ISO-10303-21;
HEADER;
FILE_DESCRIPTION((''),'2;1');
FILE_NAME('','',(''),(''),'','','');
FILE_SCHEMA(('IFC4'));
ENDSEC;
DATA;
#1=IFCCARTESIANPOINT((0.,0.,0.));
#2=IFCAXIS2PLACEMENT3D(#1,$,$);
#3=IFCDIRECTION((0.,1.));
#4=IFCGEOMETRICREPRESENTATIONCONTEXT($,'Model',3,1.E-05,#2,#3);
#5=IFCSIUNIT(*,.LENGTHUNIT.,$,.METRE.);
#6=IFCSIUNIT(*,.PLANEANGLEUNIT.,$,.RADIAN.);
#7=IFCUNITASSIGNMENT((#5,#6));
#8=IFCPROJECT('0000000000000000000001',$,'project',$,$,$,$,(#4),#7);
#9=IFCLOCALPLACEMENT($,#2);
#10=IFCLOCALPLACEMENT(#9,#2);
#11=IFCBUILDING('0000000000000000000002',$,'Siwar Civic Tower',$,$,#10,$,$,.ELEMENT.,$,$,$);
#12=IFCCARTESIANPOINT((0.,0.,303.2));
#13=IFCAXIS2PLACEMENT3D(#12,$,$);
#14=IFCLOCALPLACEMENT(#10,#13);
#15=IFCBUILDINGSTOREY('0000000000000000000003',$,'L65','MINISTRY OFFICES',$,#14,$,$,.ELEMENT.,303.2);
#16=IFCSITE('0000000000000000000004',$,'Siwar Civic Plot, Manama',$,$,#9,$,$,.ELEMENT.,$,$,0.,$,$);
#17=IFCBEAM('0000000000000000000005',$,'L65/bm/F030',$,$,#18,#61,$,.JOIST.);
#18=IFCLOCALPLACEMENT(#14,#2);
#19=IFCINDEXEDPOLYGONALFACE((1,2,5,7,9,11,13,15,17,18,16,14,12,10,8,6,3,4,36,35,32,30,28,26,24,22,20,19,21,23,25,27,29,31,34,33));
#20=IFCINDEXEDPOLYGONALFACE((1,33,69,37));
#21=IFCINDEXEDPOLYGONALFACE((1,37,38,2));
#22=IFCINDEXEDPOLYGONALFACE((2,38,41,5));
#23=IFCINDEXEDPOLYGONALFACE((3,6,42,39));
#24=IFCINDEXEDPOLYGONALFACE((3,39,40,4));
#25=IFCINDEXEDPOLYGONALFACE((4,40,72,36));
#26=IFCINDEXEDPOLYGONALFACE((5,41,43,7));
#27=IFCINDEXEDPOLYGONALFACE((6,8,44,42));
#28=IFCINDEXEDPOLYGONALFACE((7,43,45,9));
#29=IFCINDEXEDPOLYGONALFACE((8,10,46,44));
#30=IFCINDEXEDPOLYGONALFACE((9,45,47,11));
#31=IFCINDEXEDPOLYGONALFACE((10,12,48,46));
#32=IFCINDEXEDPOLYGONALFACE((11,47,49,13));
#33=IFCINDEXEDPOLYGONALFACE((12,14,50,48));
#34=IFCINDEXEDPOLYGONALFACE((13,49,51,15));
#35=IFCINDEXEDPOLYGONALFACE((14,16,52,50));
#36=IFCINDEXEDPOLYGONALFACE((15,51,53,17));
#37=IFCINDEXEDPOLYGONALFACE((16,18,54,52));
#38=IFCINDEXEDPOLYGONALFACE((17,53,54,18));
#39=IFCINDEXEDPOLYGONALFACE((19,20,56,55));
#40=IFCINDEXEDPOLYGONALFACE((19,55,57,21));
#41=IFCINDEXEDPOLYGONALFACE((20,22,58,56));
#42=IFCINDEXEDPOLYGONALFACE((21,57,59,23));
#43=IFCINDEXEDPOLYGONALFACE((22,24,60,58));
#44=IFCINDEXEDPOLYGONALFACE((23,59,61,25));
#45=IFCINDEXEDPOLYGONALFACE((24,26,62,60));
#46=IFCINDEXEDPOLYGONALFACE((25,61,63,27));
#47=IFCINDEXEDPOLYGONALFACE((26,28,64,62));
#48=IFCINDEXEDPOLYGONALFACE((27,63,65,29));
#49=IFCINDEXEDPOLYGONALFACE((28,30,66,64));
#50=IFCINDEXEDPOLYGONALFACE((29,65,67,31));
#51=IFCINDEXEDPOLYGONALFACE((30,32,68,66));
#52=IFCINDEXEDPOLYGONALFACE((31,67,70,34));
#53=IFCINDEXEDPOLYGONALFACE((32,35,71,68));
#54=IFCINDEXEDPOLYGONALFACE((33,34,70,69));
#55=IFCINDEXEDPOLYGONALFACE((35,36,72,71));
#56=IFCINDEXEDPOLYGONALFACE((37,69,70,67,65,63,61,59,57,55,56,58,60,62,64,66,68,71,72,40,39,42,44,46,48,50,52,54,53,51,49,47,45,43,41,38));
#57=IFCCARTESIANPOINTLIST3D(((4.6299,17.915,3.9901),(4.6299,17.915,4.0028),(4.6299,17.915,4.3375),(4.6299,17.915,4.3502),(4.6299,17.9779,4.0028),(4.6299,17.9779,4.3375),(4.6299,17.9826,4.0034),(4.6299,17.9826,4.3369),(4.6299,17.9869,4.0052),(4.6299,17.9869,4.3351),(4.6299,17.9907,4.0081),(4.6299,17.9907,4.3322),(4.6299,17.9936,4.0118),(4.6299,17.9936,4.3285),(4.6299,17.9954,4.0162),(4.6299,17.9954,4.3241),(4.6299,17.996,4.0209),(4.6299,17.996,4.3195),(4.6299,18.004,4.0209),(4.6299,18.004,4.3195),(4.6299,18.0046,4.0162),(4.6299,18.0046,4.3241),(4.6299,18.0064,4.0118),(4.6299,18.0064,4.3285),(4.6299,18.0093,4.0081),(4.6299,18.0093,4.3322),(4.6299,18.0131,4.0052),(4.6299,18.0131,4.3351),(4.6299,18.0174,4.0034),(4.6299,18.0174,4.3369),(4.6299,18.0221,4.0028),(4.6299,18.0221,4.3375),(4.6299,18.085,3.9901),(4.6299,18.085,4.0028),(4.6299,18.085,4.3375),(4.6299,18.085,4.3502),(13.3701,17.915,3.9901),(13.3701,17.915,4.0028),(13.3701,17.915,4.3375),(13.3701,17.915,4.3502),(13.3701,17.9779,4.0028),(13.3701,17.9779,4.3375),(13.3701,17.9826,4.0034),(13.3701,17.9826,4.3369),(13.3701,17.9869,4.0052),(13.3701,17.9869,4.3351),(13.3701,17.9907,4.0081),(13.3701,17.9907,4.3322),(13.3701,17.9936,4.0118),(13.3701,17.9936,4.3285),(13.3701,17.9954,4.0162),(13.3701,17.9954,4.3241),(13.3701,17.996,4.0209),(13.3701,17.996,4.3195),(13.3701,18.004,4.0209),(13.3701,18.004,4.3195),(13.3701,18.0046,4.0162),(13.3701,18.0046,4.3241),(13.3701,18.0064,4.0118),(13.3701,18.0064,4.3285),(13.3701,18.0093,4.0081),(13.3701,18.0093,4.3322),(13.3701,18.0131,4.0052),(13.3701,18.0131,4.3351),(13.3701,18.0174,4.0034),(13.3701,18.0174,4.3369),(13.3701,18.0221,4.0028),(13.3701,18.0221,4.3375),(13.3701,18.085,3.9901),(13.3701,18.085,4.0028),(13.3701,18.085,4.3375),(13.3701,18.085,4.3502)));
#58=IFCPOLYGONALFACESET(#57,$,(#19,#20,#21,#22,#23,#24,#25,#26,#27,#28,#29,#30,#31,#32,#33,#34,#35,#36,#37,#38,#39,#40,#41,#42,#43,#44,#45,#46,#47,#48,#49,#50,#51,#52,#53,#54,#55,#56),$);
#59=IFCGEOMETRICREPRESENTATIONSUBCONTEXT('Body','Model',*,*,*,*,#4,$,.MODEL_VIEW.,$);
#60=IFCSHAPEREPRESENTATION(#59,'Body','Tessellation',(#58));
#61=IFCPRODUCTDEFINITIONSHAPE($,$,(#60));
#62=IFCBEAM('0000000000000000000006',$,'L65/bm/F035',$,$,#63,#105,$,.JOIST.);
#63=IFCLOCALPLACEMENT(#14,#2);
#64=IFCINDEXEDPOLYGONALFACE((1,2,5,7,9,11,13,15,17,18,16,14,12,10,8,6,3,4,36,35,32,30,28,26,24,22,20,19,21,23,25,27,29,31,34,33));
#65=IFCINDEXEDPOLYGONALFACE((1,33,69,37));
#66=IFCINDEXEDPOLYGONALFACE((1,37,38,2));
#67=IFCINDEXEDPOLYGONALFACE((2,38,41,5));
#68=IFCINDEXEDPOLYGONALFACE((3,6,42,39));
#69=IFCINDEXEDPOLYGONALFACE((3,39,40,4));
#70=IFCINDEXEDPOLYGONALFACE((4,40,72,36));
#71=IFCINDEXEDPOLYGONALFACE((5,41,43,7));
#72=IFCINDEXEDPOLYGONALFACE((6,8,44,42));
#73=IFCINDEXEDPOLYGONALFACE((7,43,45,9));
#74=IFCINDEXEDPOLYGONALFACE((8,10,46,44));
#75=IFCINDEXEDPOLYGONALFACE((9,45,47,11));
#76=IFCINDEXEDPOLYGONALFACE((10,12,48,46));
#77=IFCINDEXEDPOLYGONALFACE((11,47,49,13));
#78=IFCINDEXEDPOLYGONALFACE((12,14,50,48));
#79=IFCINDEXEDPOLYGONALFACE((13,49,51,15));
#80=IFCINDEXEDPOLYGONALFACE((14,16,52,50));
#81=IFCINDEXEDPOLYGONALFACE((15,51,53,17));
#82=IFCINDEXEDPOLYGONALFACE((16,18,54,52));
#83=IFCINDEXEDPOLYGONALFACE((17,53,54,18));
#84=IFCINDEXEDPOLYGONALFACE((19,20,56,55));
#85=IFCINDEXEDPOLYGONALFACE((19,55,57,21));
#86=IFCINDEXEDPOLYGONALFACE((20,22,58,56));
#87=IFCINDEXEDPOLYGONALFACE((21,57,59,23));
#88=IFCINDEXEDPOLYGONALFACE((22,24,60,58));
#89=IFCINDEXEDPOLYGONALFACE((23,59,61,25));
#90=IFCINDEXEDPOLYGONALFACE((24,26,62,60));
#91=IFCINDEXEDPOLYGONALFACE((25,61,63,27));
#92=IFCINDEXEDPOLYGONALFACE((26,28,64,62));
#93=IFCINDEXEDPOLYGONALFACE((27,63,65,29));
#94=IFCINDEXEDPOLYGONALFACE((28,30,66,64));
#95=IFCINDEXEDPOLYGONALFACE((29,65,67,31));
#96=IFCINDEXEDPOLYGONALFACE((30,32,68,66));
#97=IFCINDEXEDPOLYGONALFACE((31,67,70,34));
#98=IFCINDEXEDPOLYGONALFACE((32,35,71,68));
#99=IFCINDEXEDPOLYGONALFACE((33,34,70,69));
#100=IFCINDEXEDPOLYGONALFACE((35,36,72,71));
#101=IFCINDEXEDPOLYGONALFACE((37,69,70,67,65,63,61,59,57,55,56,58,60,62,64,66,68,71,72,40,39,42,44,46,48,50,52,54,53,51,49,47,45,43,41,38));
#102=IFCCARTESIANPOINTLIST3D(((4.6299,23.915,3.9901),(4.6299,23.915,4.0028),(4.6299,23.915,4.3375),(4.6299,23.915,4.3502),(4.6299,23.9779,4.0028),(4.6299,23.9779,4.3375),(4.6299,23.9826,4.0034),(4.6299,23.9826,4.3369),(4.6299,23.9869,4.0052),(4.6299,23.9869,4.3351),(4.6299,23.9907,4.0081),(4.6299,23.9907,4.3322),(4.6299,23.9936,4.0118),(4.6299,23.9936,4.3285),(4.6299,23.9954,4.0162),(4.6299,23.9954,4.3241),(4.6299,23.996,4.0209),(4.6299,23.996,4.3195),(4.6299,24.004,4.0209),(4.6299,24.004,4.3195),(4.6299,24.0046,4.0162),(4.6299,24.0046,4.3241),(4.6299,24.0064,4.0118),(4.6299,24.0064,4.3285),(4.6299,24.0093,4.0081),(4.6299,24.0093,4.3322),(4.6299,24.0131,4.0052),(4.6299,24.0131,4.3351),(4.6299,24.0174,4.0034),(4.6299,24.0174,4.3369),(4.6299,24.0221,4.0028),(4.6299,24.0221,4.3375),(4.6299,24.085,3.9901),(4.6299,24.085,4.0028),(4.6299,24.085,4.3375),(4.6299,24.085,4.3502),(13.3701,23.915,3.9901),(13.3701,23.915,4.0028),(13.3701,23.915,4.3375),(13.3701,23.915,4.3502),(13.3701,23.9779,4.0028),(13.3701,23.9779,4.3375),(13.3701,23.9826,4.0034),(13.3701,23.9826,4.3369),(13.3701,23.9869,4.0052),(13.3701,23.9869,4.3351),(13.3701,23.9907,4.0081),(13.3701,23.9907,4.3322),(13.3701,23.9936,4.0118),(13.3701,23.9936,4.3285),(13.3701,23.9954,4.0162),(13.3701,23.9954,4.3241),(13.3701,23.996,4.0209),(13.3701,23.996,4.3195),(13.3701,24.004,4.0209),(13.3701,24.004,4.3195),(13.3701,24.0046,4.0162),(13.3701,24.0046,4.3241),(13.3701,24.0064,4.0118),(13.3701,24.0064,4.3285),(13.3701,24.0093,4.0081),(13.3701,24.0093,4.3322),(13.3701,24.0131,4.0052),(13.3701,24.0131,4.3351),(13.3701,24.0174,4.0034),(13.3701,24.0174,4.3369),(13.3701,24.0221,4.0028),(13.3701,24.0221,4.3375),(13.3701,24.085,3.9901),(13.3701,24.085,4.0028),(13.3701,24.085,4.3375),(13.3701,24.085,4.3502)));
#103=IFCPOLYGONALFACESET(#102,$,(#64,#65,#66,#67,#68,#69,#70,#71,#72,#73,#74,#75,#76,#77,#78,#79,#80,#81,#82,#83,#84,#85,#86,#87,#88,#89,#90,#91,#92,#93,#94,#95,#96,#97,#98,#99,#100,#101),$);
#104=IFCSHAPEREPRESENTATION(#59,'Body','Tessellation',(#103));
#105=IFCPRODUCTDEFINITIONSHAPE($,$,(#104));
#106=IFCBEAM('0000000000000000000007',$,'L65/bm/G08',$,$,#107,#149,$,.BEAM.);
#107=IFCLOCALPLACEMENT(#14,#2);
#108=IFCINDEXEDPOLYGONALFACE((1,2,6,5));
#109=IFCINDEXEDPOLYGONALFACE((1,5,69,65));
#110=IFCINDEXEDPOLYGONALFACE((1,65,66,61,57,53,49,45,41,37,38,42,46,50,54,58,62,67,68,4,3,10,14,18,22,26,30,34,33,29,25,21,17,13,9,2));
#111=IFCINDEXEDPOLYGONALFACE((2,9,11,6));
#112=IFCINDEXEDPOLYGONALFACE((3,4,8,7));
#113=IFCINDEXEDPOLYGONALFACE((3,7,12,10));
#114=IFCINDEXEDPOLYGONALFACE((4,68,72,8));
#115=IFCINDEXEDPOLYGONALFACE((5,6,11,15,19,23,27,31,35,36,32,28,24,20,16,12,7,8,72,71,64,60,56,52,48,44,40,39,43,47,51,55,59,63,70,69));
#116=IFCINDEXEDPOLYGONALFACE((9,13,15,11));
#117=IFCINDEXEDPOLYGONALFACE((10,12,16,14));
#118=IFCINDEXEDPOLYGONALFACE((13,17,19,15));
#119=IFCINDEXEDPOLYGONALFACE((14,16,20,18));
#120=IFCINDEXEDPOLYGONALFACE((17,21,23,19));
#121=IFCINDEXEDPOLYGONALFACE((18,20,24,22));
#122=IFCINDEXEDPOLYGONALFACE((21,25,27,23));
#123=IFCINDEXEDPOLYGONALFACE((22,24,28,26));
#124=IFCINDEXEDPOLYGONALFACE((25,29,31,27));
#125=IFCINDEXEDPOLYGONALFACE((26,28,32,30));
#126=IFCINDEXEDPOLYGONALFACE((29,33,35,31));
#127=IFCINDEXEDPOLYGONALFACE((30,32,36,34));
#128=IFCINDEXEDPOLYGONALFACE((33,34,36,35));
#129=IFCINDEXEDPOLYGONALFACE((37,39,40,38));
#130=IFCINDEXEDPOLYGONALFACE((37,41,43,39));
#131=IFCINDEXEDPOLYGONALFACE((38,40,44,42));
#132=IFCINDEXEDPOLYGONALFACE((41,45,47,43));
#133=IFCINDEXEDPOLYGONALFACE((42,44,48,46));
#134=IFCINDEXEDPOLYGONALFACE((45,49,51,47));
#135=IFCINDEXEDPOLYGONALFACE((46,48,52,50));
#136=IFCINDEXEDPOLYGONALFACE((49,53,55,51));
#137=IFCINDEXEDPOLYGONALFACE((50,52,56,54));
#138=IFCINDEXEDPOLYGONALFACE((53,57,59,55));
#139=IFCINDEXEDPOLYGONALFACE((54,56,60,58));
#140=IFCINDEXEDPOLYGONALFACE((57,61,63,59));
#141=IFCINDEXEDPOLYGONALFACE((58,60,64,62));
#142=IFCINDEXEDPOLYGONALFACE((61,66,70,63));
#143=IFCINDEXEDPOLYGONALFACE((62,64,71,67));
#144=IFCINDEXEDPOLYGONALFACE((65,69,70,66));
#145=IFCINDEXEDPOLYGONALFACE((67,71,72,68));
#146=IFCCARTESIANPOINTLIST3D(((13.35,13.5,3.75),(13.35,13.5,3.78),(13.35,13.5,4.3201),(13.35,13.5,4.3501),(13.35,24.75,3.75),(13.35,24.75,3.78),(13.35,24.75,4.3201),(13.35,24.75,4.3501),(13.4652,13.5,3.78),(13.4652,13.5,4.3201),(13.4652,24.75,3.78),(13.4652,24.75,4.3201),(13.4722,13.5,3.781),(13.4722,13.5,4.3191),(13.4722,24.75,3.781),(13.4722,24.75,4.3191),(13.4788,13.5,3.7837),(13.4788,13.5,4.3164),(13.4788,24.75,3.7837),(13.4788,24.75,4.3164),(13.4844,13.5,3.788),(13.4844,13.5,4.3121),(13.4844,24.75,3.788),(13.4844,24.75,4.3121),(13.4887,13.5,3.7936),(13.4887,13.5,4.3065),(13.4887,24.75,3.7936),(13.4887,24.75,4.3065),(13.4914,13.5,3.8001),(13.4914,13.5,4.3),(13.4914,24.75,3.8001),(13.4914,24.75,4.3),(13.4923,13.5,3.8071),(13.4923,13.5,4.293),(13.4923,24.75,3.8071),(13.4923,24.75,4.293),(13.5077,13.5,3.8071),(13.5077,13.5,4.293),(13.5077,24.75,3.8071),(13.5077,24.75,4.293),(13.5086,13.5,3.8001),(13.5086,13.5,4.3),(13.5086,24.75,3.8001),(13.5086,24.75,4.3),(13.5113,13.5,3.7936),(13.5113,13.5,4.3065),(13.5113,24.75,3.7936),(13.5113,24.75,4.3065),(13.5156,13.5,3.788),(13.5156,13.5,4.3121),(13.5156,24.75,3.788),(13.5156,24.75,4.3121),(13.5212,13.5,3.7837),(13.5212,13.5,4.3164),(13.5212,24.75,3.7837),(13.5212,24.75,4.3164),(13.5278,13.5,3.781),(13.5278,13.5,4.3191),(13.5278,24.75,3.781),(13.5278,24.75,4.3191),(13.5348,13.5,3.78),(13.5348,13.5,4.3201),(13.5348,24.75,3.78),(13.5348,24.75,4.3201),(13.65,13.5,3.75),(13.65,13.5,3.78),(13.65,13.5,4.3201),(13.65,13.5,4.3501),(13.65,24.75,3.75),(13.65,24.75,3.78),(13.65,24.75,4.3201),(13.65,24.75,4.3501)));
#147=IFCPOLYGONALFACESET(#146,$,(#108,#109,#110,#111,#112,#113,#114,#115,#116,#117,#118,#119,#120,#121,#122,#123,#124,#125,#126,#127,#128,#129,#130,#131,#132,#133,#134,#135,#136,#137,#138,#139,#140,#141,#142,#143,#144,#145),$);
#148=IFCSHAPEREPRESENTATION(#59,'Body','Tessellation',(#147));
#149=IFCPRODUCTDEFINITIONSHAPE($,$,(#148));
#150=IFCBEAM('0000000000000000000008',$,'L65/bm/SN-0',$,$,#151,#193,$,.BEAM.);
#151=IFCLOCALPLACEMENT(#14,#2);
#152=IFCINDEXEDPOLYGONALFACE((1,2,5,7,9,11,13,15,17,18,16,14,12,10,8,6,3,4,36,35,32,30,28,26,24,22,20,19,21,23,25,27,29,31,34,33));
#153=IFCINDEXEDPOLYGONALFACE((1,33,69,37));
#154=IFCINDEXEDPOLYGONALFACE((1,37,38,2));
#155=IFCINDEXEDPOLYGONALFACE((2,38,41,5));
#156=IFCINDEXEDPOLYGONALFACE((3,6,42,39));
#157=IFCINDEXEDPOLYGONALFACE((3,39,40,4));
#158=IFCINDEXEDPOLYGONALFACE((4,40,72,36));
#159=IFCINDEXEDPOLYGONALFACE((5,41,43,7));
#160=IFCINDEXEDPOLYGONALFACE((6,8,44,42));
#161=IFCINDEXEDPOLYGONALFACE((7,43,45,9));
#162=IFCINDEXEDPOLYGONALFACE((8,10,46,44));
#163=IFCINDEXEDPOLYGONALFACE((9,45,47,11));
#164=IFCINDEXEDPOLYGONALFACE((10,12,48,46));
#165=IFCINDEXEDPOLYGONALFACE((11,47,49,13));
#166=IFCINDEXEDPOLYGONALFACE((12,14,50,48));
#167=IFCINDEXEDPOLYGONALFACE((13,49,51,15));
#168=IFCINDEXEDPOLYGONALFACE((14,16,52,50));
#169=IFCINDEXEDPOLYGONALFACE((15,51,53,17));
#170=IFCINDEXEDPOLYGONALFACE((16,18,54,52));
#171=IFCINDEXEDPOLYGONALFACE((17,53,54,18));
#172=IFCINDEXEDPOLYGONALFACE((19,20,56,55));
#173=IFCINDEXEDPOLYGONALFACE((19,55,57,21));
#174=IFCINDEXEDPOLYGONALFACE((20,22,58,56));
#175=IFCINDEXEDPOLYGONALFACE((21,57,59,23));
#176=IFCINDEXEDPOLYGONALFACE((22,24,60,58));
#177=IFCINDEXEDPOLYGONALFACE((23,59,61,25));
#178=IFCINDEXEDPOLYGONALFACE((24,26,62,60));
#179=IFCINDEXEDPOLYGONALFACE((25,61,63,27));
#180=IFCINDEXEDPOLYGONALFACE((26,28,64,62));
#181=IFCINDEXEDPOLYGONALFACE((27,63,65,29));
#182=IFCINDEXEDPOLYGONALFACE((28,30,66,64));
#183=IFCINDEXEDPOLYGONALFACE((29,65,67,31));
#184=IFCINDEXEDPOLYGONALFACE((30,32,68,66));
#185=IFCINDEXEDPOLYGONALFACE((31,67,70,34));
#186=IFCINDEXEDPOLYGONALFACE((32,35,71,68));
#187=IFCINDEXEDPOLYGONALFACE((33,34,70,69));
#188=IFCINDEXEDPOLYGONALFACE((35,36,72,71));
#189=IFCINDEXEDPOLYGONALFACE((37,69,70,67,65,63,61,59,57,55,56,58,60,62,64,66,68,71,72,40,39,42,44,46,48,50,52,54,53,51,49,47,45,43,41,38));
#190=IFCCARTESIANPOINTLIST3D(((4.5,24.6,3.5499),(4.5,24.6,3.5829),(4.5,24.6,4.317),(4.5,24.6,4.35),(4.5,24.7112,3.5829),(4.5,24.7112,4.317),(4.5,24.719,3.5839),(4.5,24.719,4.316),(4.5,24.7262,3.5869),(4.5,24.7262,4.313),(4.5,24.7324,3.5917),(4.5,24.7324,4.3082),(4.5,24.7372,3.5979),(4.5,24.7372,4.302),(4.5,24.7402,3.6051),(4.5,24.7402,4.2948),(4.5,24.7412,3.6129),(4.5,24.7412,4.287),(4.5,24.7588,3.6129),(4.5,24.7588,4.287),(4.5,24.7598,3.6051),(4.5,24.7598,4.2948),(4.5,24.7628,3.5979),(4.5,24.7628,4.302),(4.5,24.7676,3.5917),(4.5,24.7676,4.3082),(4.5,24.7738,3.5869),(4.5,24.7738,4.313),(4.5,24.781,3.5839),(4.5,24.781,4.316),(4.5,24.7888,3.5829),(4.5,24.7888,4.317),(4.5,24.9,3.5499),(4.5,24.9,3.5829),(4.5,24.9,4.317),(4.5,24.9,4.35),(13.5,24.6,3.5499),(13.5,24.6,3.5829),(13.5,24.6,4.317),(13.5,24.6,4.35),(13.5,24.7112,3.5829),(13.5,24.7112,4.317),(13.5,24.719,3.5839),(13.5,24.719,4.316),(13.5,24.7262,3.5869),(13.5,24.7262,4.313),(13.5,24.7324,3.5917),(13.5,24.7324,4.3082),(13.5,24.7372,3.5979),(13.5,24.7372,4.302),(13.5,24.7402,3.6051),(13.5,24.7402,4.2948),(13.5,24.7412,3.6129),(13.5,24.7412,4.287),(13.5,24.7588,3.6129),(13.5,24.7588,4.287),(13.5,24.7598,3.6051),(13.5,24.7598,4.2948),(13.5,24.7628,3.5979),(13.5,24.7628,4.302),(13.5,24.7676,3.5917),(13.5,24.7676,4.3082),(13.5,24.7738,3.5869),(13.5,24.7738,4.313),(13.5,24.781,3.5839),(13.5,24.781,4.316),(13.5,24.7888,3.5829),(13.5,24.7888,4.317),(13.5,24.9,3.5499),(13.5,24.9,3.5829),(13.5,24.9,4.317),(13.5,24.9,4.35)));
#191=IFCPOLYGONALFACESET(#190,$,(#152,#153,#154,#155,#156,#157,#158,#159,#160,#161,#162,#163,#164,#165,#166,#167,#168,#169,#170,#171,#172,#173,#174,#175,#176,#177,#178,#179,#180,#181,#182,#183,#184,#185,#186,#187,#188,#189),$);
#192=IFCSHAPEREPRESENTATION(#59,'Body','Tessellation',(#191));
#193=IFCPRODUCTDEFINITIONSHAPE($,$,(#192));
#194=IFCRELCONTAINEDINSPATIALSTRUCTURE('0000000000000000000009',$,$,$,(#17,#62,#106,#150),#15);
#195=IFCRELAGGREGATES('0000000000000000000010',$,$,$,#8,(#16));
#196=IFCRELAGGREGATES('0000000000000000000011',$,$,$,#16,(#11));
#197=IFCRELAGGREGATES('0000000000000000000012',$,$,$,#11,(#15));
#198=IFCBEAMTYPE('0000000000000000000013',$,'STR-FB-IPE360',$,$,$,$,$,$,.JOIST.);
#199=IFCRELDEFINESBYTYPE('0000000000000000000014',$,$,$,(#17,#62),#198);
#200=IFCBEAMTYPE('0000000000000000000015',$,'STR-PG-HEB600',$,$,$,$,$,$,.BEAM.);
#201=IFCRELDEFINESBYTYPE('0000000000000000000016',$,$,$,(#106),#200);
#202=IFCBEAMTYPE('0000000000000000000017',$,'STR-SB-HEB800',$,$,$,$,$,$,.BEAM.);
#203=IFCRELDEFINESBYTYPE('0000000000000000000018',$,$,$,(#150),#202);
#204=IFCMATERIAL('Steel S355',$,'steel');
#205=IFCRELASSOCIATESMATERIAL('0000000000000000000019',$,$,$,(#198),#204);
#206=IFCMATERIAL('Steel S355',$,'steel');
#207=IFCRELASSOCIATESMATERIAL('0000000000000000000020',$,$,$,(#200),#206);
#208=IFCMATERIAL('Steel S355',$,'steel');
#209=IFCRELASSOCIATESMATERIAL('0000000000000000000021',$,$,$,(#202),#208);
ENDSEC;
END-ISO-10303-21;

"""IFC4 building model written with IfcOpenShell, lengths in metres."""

from ifc_helpers import new_model, si_unit, direction, frame, origin, origin_2d, place, context, subcontext, project, spatial, i_section, extrude, material, material_profile, profile_set, type_object, element, save


model = new_model("IFC4")

# Units and contexts
model_context = context("Model", 3, precision=1e-05, world=origin(), true_north=direction((0.0, 1.0)))
body_context = subcontext(model_context, "Body", "Model", "MODEL_VIEW")
ifc_project = project(units=[si_unit("LENGTHUNIT", "METRE"), si_unit("PLANEANGLEUNIT", "RADIAN")], contexts=[model_context])

# Site, building, storey
site_placement = place(None, origin())
site = spatial("IfcSite", under=ifc_project, at=site_placement, Name="Siwar Civic Plot, Manama", CompositionType="ELEMENT", RefElevation=0.0)
building_placement = place(site_placement, origin())
building = spatial("IfcBuilding", under=site, at=building_placement, Name="Siwar Civic Tower", CompositionType="ELEMENT")
storey_placement = place(building_placement, frame((0.0, 0.0, 303.2)))
storey = spatial("IfcBuildingStorey", under=building, at=storey_placement, Name="L65", Description="MINISTRY OFFICES", CompositionType="ELEMENT", Elevation=303.2)

# Beams
ifc_material_1 = material(Name="Steel S355", Category="steel")
ifc_material_profile_1 = material_profile(ifc_material_1, i_section(OverallWidth=0.1699, OverallDepth=0.3601, WebThickness=0.0081, FlangeThickness=0.0127, FilletRadius=0.0181, at=origin_2d()), Name="IPE360")
ifc_profile_set_1 = profile_set([ifc_material_profile_1], Name="Steel S355")
beam_type_1 = type_object("IfcBeamType", Name="STR-FB-IPE360", PredefinedType="JOIST", material=ifc_profile_set_1)
for number, where, z_axis, x_axis, name in (
    (1, (4.6299, 18.0, 4.1702), (1.0, 0.0, 0.0), (0.0, 1.0, 0.0), "L65/bm/F030"),
    (2, (4.6299, 24.0, 4.1702), (1.0, 0.0, 0.0), (0.0, 1.0, 0.0), "L65/bm/F035"),
):
    element("IfcBeam", number, at=place(storey_placement, frame(where, z_axis=z_axis, x_axis=x_axis)), inside=storey, type_object=beam_type_1, Name=name, PredefinedType="JOIST", context=body_context, shape_type="SweptSolid", body=[
        extrude(i_section(OverallWidth=0.1699, OverallDepth=0.3601, WebThickness=0.0081, FlangeThickness=0.0127, FilletRadius=0.0181, at=origin_2d()), origin(), (0.0, 0.0, 1.0), 8.7402),
    ])
ifc_material_2 = material(Name="Steel S355", Category="steel")
ifc_material_profile_2 = material_profile(ifc_material_2, i_section(OverallWidth=0.3, OverallDepth=0.6001, WebThickness=0.0154, FlangeThickness=0.03, FilletRadius=0.0271, at=origin_2d()), Name="HEB600")
ifc_profile_set_2 = profile_set([ifc_material_profile_2], Name="Steel S355")
beam_type_2 = type_object("IfcBeamType", Name="STR-PG-HEB600", PredefinedType="BEAM", material=ifc_profile_set_2)
beam_placement = place(storey_placement, frame((13.5, 13.5, 4.05), z_axis=(0.0, 1.0, 0.0), x_axis=(-1.0, 0.0, 0.0)))
element("IfcBeam", 3, at=beam_placement, inside=storey, type_object=beam_type_2, Name="L65/bm/G08", PredefinedType="BEAM", context=body_context, shape_type="SweptSolid", body=[
    extrude(i_section(OverallWidth=0.3, OverallDepth=0.6001, WebThickness=0.0154, FlangeThickness=0.03, FilletRadius=0.0271, at=origin_2d()), origin(), (0.0, 0.0, 1.0), 11.25),
])
ifc_material_3 = material(Name="Steel S355", Category="steel")
ifc_material_profile_3 = material_profile(ifc_material_3, i_section(OverallWidth=0.3, OverallDepth=0.8, WebThickness=0.0176, FlangeThickness=0.033, FilletRadius=0.03, at=origin_2d()), Name="HEB800")
ifc_profile_set_3 = profile_set([ifc_material_profile_3], Name="Steel S355")
beam_type_3 = type_object("IfcBeamType", Name="STR-SB-HEB800", PredefinedType="BEAM", material=ifc_profile_set_3)
for number, where, z_axis, x_axis, name in (
    (4, (13.5, 24.75, 3.95), (-1.0, 0.0, 0.0), (0.0, -1.0, 0.0), "L65/bm/SN-0"),
):
    element("IfcBeam", number, at=place(storey_placement, frame(where, z_axis=z_axis, x_axis=x_axis)), inside=storey, type_object=beam_type_3, Name=name, PredefinedType="BEAM", context=body_context, shape_type="SweptSolid", body=[
        extrude(i_section(OverallWidth=0.3, OverallDepth=0.8, WebThickness=0.0176, FlangeThickness=0.033, FilletRadius=0.03, at=origin_2d()), origin(), (0.0, 0.0, 1.0), 9.0),
    ])

save(model, "model.ifc")
